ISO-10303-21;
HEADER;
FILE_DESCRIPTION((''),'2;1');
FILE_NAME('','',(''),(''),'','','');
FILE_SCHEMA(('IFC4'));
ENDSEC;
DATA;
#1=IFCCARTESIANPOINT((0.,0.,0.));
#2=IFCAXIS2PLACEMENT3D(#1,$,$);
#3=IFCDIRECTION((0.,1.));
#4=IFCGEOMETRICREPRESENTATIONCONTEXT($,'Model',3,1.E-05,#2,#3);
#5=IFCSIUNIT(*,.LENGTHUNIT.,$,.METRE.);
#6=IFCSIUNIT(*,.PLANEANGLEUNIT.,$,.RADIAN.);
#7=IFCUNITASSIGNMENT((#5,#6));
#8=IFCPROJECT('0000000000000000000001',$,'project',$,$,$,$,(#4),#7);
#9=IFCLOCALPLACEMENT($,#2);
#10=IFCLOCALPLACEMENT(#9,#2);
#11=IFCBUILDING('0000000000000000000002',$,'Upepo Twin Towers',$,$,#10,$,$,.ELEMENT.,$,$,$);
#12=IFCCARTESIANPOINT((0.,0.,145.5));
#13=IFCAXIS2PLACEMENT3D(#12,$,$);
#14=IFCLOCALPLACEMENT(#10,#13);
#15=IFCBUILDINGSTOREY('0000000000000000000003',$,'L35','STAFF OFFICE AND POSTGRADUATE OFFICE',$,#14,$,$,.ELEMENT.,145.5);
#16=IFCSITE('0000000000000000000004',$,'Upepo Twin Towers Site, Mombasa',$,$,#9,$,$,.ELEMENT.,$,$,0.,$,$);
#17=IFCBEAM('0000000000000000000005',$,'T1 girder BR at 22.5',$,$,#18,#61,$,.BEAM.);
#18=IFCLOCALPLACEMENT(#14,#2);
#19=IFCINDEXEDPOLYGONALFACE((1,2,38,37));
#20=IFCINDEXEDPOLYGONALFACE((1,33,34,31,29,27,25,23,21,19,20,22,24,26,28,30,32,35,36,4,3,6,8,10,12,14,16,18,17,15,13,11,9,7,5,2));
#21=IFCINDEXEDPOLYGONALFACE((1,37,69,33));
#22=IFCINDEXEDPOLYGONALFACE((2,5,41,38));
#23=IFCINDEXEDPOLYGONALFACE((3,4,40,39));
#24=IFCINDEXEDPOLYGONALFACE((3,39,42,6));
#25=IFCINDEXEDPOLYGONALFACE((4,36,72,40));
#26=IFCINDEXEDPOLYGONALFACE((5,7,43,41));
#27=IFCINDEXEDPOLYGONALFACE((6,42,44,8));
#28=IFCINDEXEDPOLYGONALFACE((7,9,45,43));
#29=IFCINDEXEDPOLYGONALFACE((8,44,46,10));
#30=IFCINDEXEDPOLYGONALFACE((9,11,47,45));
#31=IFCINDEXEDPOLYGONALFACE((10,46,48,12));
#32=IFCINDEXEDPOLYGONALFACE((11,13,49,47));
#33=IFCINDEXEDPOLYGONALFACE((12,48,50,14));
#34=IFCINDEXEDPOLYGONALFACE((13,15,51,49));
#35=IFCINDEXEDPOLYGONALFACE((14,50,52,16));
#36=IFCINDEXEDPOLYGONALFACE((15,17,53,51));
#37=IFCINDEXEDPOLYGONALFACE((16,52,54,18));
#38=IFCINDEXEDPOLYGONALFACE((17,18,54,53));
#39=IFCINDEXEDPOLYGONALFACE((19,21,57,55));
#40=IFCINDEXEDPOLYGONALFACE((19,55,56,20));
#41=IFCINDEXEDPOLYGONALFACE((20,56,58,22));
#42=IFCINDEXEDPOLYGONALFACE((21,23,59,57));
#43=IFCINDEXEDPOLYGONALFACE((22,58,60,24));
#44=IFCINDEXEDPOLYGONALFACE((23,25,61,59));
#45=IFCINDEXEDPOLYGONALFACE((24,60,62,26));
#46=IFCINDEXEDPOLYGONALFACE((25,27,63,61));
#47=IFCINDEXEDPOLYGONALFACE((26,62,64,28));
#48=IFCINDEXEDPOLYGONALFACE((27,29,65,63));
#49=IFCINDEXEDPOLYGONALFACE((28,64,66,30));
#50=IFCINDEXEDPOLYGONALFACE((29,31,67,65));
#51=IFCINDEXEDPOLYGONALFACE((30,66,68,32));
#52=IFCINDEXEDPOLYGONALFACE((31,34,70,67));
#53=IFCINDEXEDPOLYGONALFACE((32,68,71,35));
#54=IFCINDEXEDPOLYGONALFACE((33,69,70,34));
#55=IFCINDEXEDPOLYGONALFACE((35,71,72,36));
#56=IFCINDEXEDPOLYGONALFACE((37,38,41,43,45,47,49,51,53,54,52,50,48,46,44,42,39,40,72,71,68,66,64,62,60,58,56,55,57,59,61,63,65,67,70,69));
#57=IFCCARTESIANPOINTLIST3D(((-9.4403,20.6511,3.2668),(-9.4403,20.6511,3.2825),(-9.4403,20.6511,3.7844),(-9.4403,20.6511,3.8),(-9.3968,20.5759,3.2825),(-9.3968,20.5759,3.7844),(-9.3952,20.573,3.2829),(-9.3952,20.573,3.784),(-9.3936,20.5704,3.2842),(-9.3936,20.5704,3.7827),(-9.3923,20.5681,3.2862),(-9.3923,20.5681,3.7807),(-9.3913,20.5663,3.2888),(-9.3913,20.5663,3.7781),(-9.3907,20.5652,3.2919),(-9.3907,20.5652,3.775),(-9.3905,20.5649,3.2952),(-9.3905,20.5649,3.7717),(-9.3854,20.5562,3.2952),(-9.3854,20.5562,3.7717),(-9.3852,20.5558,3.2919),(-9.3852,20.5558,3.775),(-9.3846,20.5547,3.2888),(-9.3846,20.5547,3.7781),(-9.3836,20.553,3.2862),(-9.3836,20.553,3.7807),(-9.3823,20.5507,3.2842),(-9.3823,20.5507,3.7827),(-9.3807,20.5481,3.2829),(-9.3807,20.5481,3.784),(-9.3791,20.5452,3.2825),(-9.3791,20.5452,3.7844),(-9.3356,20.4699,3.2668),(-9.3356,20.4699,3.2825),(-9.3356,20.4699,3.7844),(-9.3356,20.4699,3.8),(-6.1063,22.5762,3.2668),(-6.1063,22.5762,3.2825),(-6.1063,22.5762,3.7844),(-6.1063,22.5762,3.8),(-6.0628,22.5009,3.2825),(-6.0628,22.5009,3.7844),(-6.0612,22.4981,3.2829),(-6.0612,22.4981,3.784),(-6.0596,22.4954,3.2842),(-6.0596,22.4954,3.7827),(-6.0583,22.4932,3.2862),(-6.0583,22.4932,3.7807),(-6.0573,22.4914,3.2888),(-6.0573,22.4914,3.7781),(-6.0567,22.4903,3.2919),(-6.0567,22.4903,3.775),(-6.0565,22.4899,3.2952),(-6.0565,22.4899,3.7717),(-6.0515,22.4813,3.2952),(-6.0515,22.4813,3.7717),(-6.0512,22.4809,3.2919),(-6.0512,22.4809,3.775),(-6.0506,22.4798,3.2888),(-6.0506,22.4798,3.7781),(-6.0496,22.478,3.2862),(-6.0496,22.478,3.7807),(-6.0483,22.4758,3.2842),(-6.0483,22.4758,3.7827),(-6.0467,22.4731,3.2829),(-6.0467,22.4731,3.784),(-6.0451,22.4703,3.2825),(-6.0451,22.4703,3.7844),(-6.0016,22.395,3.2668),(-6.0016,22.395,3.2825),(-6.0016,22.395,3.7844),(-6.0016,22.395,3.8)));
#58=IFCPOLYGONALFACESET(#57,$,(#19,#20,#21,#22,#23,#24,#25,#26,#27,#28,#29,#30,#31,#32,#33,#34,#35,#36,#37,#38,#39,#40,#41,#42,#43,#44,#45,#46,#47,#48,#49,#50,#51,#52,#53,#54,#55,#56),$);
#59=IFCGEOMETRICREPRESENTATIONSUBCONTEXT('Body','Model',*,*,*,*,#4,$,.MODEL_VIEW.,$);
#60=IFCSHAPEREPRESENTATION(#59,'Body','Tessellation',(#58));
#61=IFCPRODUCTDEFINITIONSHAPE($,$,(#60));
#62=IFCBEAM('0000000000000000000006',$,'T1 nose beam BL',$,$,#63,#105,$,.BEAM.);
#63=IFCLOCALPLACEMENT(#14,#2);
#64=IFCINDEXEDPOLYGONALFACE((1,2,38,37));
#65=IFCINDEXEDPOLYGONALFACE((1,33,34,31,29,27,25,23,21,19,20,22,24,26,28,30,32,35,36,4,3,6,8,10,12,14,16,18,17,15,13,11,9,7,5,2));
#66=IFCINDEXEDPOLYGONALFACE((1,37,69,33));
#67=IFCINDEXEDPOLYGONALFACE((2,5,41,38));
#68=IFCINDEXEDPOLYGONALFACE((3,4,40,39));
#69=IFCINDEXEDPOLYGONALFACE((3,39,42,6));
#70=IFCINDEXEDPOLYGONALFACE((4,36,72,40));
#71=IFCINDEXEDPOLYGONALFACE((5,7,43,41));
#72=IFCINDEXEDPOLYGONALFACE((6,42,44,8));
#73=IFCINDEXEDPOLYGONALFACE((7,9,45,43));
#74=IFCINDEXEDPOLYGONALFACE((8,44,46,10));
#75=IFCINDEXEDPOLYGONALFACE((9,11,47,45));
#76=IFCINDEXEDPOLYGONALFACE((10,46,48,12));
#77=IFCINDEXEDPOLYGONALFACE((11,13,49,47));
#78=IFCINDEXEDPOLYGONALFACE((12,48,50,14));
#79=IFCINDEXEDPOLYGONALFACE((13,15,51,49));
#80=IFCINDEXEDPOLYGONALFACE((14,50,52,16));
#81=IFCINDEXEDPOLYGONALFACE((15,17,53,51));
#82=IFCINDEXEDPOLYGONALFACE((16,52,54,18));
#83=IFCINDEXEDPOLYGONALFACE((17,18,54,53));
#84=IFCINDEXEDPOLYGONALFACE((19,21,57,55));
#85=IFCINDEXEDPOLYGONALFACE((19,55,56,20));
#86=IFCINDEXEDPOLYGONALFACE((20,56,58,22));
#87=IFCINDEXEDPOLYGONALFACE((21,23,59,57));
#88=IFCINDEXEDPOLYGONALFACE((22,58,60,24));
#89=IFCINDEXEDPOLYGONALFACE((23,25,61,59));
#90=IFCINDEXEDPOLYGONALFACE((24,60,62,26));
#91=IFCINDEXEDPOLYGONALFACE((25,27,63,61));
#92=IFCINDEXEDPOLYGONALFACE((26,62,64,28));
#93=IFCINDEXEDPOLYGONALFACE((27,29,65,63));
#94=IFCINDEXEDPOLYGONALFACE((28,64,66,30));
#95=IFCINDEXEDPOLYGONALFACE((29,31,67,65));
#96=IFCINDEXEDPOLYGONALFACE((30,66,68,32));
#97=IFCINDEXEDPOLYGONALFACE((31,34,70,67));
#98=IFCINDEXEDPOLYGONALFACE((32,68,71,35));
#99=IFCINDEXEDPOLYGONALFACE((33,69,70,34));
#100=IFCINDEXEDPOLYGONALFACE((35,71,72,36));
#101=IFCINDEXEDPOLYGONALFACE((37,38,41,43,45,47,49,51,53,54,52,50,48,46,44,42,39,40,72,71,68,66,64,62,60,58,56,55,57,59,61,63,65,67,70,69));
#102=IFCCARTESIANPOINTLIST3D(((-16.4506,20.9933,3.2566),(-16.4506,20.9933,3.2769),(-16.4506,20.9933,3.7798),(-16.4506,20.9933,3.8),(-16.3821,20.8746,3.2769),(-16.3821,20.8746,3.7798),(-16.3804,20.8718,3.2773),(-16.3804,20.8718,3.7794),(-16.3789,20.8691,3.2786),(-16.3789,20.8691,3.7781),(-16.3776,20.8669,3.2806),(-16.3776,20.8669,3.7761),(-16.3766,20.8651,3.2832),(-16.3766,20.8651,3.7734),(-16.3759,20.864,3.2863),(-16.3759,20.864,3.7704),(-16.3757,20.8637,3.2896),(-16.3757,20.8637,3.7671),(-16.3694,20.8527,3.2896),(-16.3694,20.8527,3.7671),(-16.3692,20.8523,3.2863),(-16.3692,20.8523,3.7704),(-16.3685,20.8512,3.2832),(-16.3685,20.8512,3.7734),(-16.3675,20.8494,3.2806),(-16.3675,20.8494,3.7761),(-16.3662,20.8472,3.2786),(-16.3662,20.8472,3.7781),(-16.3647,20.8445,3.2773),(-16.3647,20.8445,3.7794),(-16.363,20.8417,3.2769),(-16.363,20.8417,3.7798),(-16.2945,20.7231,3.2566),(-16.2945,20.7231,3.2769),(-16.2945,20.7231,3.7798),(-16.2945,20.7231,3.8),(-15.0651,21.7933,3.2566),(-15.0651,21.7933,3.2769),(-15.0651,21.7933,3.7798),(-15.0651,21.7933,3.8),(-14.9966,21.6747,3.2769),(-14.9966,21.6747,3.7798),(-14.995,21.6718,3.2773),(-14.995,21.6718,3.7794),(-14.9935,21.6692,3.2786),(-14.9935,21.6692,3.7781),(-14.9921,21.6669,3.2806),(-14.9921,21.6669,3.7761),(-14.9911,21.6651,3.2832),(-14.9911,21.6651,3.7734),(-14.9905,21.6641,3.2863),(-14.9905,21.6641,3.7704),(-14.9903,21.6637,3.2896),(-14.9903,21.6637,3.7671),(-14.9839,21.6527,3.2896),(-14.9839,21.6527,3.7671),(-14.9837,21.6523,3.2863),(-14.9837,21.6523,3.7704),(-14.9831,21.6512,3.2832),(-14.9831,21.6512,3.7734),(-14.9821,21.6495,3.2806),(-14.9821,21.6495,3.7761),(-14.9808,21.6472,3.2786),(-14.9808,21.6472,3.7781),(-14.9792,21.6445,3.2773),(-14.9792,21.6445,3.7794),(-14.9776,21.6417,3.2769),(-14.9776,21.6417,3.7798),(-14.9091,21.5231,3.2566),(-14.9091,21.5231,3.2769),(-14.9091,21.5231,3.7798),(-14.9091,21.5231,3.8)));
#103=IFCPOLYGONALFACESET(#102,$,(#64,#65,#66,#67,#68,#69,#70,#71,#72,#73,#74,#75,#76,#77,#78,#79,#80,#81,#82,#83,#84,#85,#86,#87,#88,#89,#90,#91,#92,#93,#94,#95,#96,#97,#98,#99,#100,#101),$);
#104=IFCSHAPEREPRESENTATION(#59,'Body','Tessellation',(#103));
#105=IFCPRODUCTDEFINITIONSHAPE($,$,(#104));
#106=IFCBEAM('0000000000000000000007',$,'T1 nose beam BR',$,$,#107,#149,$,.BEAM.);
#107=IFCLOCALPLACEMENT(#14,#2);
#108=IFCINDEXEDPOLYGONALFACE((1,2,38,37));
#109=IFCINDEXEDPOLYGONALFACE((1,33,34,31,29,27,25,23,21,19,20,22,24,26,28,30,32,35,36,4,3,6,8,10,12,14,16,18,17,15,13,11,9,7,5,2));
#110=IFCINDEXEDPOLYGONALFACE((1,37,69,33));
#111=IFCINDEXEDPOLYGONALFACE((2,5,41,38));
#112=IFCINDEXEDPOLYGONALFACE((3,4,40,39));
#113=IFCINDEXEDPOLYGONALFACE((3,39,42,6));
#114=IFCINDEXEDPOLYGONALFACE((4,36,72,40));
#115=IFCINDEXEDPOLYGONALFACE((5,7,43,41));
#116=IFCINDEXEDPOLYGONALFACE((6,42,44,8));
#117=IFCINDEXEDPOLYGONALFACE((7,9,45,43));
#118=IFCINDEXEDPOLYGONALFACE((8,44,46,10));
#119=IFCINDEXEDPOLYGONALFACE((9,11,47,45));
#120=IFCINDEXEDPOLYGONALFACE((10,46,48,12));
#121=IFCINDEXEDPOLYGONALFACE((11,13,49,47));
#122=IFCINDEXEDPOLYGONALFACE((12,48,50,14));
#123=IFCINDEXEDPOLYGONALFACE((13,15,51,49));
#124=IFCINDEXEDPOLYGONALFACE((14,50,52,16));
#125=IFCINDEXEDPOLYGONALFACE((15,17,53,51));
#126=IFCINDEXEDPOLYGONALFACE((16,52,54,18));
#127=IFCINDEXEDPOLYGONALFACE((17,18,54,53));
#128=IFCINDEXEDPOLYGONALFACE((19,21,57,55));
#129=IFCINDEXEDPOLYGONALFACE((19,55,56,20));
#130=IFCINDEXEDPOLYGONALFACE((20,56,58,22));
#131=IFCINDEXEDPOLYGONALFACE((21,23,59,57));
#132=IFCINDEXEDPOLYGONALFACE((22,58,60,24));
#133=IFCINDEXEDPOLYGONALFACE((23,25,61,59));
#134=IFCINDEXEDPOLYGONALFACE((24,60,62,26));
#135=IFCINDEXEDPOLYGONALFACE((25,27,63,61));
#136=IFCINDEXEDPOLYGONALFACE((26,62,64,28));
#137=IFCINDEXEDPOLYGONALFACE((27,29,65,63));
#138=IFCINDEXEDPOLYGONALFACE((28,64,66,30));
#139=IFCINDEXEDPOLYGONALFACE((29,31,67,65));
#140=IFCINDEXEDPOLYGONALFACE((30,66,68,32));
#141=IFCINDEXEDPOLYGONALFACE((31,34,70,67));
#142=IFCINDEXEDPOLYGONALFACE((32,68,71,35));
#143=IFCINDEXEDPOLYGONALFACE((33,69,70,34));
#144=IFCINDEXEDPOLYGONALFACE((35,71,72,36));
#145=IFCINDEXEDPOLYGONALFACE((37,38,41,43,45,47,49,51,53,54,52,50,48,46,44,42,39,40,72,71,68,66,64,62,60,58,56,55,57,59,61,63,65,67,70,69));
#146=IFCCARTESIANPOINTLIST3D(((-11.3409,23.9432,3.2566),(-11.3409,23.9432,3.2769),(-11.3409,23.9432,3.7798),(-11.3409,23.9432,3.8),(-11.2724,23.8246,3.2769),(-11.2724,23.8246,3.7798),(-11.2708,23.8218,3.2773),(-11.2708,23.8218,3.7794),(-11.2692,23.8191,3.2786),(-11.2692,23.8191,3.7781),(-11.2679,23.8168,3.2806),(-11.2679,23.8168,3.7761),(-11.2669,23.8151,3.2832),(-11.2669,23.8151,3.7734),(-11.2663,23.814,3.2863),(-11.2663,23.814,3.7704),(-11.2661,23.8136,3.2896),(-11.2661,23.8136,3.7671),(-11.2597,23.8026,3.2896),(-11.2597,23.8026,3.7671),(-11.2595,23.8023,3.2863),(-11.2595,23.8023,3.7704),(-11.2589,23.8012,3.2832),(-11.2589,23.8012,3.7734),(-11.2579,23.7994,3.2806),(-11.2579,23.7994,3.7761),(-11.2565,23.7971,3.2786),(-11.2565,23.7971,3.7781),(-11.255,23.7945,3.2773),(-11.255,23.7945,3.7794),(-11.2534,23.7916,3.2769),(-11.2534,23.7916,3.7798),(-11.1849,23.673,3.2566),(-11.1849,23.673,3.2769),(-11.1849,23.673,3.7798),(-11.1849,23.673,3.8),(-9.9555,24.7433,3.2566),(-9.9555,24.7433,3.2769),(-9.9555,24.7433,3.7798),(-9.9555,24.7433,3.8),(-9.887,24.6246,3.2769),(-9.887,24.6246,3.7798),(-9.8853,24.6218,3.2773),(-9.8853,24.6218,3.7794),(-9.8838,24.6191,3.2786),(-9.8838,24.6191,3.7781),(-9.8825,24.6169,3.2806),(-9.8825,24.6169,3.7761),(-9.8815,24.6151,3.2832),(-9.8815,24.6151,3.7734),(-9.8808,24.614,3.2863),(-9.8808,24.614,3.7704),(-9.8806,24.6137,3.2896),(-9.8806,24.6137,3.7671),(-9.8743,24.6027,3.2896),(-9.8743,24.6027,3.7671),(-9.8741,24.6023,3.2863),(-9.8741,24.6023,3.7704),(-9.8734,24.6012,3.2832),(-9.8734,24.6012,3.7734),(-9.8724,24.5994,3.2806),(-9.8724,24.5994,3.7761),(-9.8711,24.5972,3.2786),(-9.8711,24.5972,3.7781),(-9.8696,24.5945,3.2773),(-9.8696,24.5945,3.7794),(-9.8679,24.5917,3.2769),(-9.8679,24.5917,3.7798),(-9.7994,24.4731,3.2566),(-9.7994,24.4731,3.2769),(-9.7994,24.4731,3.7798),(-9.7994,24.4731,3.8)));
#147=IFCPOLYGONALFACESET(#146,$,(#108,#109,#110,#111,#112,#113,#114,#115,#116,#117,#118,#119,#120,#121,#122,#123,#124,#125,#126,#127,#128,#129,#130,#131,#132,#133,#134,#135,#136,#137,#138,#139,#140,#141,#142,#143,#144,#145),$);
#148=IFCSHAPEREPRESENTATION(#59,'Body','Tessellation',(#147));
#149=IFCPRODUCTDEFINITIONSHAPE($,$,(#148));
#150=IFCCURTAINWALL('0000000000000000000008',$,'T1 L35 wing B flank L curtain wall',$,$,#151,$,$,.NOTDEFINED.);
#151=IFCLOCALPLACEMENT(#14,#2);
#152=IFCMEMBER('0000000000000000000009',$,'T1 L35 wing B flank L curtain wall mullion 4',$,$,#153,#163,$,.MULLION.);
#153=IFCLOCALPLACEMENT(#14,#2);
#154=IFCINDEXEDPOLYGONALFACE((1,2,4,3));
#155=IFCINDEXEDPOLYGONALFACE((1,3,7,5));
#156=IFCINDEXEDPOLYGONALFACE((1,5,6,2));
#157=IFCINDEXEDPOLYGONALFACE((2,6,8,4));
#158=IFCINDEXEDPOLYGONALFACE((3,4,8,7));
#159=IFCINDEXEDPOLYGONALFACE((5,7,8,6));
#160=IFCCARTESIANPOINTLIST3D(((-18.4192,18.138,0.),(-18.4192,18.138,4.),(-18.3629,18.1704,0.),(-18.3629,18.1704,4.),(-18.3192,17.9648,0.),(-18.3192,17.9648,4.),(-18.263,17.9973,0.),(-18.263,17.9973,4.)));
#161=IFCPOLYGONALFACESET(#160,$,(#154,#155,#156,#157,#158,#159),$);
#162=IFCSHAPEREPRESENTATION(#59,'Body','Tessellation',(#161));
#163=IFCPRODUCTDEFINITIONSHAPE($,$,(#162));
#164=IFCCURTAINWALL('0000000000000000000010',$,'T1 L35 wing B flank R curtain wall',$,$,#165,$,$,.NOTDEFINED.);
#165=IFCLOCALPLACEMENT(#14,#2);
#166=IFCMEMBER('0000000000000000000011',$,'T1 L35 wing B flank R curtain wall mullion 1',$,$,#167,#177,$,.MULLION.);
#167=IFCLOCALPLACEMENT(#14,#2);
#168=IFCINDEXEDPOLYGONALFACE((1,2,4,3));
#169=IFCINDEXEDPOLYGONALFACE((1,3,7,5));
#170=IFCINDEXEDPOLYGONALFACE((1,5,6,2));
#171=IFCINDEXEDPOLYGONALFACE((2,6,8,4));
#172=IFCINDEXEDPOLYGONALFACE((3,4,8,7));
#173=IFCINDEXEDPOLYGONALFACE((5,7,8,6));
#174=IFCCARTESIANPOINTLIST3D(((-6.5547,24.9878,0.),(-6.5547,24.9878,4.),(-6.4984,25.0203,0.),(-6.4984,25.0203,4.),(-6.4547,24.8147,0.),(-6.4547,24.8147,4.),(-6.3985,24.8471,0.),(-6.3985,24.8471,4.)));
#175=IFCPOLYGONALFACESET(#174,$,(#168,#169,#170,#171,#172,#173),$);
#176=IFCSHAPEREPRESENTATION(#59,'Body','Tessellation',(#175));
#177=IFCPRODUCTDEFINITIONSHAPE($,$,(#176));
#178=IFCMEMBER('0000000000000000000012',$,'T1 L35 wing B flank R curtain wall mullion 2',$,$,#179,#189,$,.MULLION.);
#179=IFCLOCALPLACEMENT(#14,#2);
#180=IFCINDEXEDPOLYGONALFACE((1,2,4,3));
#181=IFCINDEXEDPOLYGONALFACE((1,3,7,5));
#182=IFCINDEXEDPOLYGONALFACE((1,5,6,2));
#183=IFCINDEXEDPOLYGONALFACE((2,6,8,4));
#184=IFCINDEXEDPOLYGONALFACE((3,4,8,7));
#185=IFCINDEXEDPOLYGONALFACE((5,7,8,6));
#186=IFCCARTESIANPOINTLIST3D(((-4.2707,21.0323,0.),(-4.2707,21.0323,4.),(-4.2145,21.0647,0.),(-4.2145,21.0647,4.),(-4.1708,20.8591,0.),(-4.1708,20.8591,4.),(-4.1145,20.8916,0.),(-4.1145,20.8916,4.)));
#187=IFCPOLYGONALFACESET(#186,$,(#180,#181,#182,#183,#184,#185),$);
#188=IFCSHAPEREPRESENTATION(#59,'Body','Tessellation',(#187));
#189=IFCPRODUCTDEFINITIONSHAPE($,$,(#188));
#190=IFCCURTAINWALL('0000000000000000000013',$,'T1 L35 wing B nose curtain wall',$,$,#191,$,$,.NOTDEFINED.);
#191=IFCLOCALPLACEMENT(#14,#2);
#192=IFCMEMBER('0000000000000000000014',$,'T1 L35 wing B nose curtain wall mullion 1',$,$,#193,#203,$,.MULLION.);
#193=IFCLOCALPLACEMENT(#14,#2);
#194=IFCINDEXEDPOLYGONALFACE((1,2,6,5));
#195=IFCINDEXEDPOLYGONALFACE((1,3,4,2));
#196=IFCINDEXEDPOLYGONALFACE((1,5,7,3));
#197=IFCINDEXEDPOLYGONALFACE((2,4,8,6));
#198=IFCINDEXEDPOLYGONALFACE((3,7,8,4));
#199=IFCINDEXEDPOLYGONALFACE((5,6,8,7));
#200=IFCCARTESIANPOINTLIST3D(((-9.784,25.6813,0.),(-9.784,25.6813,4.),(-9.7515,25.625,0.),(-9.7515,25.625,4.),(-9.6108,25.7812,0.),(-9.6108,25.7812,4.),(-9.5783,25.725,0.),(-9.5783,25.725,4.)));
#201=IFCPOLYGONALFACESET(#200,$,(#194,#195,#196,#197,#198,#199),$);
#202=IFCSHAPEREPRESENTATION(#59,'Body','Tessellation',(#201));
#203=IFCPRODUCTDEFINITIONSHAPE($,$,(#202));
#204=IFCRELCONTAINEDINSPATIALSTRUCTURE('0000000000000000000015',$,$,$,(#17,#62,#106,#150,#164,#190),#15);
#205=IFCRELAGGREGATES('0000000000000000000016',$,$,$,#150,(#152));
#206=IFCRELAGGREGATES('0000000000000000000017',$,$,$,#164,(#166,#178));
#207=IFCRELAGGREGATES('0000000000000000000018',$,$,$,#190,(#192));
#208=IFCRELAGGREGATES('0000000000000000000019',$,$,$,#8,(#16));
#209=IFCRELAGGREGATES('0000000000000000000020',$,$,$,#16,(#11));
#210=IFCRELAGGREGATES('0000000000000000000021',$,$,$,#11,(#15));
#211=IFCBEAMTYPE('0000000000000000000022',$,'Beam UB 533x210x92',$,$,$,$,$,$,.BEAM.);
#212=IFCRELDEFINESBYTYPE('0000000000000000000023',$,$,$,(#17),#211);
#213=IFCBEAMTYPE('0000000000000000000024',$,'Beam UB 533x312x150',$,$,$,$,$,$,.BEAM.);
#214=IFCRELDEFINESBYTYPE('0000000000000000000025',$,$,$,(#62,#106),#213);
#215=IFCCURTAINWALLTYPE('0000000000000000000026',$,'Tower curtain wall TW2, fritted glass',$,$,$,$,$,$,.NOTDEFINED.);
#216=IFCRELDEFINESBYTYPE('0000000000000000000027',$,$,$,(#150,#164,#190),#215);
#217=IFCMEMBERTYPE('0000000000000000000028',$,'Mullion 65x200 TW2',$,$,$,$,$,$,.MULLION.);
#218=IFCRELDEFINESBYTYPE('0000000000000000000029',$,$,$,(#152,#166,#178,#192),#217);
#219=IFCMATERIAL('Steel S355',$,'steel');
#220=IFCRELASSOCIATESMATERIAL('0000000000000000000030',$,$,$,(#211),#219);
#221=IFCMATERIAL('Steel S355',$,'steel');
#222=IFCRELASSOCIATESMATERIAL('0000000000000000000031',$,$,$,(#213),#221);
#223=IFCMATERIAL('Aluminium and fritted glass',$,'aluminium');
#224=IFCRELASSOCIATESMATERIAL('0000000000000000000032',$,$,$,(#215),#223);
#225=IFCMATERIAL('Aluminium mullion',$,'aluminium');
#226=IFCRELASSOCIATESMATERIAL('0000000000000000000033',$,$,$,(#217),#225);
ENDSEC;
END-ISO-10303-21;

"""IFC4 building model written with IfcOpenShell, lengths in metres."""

from ifc_helpers import new_model, si_unit, direction, frame, origin, origin_2d, place, context, subcontext, project, spatial, rectangle, i_section, extrude, material, material_profile, profile_set, type_object, element, aggregate, save


model = new_model("IFC4")

# Units and contexts
model_context = context("Model", 3, precision=1e-05, world=origin(), true_north=direction((0.0, 1.0)))
body_context = subcontext(model_context, "Body", "Model", "MODEL_VIEW")
ifc_project = project(units=[si_unit("LENGTHUNIT", "METRE"), si_unit("PLANEANGLEUNIT", "RADIAN")], contexts=[model_context])

# Site, building, storey
site_placement = place(None, origin())
site = spatial("IfcSite", under=ifc_project, at=site_placement, Name="Upepo Twin Towers Site, Mombasa", CompositionType="ELEMENT", RefElevation=0.0)
building_placement = place(site_placement, origin())
building = spatial("IfcBuilding", under=site, at=building_placement, Name="Upepo Twin Towers", CompositionType="ELEMENT")
storey_placement = place(building_placement, frame((0.0, 0.0, 145.5)))
storey = spatial("IfcBuildingStorey", under=building, at=storey_placement, Name="L35", Description="STAFF OFFICE AND POSTGRADUATE OFFICE", CompositionType="ELEMENT", Elevation=145.5)

# Beams
ifc_material_1 = material(Name="Steel S355", Category="steel")
ifc_material_profile_1 = material_profile(ifc_material_1, i_section(OverallWidth=0.2092, OverallDepth=0.5332, WebThickness=0.01, FlangeThickness=0.0156, FilletRadius=0.0127, at=origin_2d()), Name="UB 533x210x92")
ifc_profile_set_1 = profile_set([ifc_material_profile_1], Name="Steel S355")
beam_type_1 = type_object("IfcBeamType", Name="Beam UB 533x210x92", PredefinedType="BEAM", material=ifc_profile_set_1)
for number, where, z_axis, x_axis, name in (
    (1, (-6.054, 22.4856, 3.5334), (-0.866006, -0.500034, 0.0), (0.500034, -0.866006, 0.0), "T1 girder BR at 22.5"),
):
    element("IfcBeam", number, at=place(storey_placement, frame(where, z_axis=z_axis, x_axis=x_axis)), inside=storey, type_object=beam_type_1, Name=name, PredefinedType="BEAM", context=body_context, shape_type="SweptSolid", body=[
        extrude(i_section(OverallWidth=0.2092, OverallDepth=0.5332, WebThickness=0.01, FlangeThickness=0.0156, FilletRadius=0.0127, at=origin_2d()), origin(), (0.0, 0.0, 1.0), 3.8499),
    ])
ifc_material_2 = material(Name="Steel S355", Category="steel")
ifc_material_profile_2 = material_profile(ifc_material_2, i_section(OverallWidth=0.312, OverallDepth=0.5435, WebThickness=0.0127, FlangeThickness=0.0203, FilletRadius=0.0127, at=origin_2d()), Name="UB 533x312x150")
ifc_profile_set_2 = profile_set([ifc_material_profile_2], Name="Steel S355")
beam_type_2 = type_object("IfcBeamType", Name="Beam UB 533x312x150", PredefinedType="BEAM", material=ifc_profile_set_2)
for number, where, z_axis, x_axis, name in (
    (2, (-16.3726, 20.8582, 3.5283), (0.86599, 0.500061, 0.0), (-0.500061, 0.86599, 0.0), "T1 nose beam BL"),
    (3, (-9.8774, 24.6082, 3.5283), (-0.86599, -0.500061, 0.0), (0.500061, -0.86599, 0.0), "T1 nose beam BR"),
):
    element("IfcBeam", number, at=place(storey_placement, frame(where, z_axis=z_axis, x_axis=x_axis)), inside=storey, type_object=beam_type_2, Name=name, PredefinedType="BEAM", context=body_context, shape_type="SweptSolid", body=[
        extrude(i_section(OverallWidth=0.312, OverallDepth=0.5435, WebThickness=0.0127, FlangeThickness=0.0203, FilletRadius=0.0127, at=origin_2d()), origin(), (0.0, 0.0, 1.0), 1.5999),
    ])

# Curtain wall, member
ifc_material_3 = material(Name="Aluminium and fritted glass", Category="aluminium")
curtain_wall_type = type_object("IfcCurtainWallType", Name="Tower curtain wall TW2, fritted glass", PredefinedType="NOTDEFINED", material=ifc_material_3)
curtain_wall_1_placement = place(storey_placement, origin())
curtain_wall_1 = element("IfcCurtainWall", 4, at=curtain_wall_1_placement, inside=storey, type_object=curtain_wall_type, Name="T1 L35 wing B flank L curtain wall", PredefinedType="NOTDEFINED")
ifc_material_4 = material(Name="Aluminium mullion", Category="aluminium")
ifc_material_profile_3 = material_profile(ifc_material_4, rectangle(XDim=0.0649, YDim=0.2, at=origin_2d()), Name="MULLION 65x200")
ifc_profile_set_3 = profile_set([ifc_material_profile_3], Name="Aluminium mullion")
member_type_1 = type_object("IfcMemberType", Name="Mullion 65x200 TW2", PredefinedType="MULLION", material=ifc_profile_set_3)
member_1_placement = place(storey_placement, frame((-18.3411, 18.0676, 0.0), z_axis=(0.0, 0.0, 1.0), x_axis=(-0.866025, -0.5, 0.0)))
member_1 = element("IfcMember", 5, at=member_1_placement, type_object=member_type_1, Name="T1 L35 wing B flank L curtain wall mullion 4", PredefinedType="MULLION", context=body_context, shape_type="SweptSolid", body=[
    extrude(rectangle(XDim=0.0649, YDim=0.2, at=origin_2d()), origin(), (0.0, 0.0, 1.0), 4.0),
])
aggregate(curtain_wall_1, [member_1])

# Curtain walls, members
curtain_wall_2_placement = place(storey_placement, origin())
curtain_wall_2 = element("IfcCurtainWall", 6, at=curtain_wall_2_placement, inside=storey, type_object=curtain_wall_type, Name="T1 L35 wing B flank R curtain wall", PredefinedType="NOTDEFINED")
member_2_placement = place(storey_placement, frame((-6.4766, 24.9175, 0.0), z_axis=(0.0, 0.0, 1.0), x_axis=(0.866025, 0.5, 0.0)))
member_2 = element("IfcMember", 7, at=member_2_placement, type_object=member_type_1, Name="T1 L35 wing B flank R curtain wall mullion 1", PredefinedType="MULLION", context=body_context, shape_type="SweptSolid", body=[
    extrude(rectangle(XDim=0.0649, YDim=0.2, at=origin_2d()), origin(), (0.0, 0.0, 1.0), 4.0),
])
member_3_placement = place(storey_placement, frame((-4.1926, 20.9619, 0.0), z_axis=(0.0, 0.0, 1.0), x_axis=(0.866025, 0.5, 0.0)))
member_3 = element("IfcMember", 8, at=member_3_placement, type_object=member_type_1, Name="T1 L35 wing B flank R curtain wall mullion 2", PredefinedType="MULLION", context=body_context, shape_type="SweptSolid", body=[
    extrude(rectangle(XDim=0.0649, YDim=0.2, at=origin_2d()), origin(), (0.0, 0.0, 1.0), 4.0),
])
curtain_wall_3_placement = place(storey_placement, origin())
curtain_wall_3 = element("IfcCurtainWall", 9, at=curtain_wall_3_placement, inside=storey, type_object=curtain_wall_type, Name="T1 L35 wing B nose curtain wall", PredefinedType="NOTDEFINED")
member_4_placement = place(storey_placement, frame((-9.6812, 25.7031, 0.0), z_axis=(0.0, 0.0, 1.0), x_axis=(0.5, -0.866025, 0.0)))
member_4 = element("IfcMember", 10, at=member_4_placement, type_object=member_type_1, Name="T1 L35 wing B nose curtain wall mullion 1", PredefinedType="MULLION", context=body_context, shape_type="SweptSolid", body=[
    extrude(rectangle(XDim=0.0649, YDim=0.2, at=origin_2d()), origin(), (0.0, 0.0, 1.0), 4.0),
])

aggregate(curtain_wall_2, [member_2, member_3])
aggregate(curtain_wall_3, [member_4])

save(model, "model.ifc")
